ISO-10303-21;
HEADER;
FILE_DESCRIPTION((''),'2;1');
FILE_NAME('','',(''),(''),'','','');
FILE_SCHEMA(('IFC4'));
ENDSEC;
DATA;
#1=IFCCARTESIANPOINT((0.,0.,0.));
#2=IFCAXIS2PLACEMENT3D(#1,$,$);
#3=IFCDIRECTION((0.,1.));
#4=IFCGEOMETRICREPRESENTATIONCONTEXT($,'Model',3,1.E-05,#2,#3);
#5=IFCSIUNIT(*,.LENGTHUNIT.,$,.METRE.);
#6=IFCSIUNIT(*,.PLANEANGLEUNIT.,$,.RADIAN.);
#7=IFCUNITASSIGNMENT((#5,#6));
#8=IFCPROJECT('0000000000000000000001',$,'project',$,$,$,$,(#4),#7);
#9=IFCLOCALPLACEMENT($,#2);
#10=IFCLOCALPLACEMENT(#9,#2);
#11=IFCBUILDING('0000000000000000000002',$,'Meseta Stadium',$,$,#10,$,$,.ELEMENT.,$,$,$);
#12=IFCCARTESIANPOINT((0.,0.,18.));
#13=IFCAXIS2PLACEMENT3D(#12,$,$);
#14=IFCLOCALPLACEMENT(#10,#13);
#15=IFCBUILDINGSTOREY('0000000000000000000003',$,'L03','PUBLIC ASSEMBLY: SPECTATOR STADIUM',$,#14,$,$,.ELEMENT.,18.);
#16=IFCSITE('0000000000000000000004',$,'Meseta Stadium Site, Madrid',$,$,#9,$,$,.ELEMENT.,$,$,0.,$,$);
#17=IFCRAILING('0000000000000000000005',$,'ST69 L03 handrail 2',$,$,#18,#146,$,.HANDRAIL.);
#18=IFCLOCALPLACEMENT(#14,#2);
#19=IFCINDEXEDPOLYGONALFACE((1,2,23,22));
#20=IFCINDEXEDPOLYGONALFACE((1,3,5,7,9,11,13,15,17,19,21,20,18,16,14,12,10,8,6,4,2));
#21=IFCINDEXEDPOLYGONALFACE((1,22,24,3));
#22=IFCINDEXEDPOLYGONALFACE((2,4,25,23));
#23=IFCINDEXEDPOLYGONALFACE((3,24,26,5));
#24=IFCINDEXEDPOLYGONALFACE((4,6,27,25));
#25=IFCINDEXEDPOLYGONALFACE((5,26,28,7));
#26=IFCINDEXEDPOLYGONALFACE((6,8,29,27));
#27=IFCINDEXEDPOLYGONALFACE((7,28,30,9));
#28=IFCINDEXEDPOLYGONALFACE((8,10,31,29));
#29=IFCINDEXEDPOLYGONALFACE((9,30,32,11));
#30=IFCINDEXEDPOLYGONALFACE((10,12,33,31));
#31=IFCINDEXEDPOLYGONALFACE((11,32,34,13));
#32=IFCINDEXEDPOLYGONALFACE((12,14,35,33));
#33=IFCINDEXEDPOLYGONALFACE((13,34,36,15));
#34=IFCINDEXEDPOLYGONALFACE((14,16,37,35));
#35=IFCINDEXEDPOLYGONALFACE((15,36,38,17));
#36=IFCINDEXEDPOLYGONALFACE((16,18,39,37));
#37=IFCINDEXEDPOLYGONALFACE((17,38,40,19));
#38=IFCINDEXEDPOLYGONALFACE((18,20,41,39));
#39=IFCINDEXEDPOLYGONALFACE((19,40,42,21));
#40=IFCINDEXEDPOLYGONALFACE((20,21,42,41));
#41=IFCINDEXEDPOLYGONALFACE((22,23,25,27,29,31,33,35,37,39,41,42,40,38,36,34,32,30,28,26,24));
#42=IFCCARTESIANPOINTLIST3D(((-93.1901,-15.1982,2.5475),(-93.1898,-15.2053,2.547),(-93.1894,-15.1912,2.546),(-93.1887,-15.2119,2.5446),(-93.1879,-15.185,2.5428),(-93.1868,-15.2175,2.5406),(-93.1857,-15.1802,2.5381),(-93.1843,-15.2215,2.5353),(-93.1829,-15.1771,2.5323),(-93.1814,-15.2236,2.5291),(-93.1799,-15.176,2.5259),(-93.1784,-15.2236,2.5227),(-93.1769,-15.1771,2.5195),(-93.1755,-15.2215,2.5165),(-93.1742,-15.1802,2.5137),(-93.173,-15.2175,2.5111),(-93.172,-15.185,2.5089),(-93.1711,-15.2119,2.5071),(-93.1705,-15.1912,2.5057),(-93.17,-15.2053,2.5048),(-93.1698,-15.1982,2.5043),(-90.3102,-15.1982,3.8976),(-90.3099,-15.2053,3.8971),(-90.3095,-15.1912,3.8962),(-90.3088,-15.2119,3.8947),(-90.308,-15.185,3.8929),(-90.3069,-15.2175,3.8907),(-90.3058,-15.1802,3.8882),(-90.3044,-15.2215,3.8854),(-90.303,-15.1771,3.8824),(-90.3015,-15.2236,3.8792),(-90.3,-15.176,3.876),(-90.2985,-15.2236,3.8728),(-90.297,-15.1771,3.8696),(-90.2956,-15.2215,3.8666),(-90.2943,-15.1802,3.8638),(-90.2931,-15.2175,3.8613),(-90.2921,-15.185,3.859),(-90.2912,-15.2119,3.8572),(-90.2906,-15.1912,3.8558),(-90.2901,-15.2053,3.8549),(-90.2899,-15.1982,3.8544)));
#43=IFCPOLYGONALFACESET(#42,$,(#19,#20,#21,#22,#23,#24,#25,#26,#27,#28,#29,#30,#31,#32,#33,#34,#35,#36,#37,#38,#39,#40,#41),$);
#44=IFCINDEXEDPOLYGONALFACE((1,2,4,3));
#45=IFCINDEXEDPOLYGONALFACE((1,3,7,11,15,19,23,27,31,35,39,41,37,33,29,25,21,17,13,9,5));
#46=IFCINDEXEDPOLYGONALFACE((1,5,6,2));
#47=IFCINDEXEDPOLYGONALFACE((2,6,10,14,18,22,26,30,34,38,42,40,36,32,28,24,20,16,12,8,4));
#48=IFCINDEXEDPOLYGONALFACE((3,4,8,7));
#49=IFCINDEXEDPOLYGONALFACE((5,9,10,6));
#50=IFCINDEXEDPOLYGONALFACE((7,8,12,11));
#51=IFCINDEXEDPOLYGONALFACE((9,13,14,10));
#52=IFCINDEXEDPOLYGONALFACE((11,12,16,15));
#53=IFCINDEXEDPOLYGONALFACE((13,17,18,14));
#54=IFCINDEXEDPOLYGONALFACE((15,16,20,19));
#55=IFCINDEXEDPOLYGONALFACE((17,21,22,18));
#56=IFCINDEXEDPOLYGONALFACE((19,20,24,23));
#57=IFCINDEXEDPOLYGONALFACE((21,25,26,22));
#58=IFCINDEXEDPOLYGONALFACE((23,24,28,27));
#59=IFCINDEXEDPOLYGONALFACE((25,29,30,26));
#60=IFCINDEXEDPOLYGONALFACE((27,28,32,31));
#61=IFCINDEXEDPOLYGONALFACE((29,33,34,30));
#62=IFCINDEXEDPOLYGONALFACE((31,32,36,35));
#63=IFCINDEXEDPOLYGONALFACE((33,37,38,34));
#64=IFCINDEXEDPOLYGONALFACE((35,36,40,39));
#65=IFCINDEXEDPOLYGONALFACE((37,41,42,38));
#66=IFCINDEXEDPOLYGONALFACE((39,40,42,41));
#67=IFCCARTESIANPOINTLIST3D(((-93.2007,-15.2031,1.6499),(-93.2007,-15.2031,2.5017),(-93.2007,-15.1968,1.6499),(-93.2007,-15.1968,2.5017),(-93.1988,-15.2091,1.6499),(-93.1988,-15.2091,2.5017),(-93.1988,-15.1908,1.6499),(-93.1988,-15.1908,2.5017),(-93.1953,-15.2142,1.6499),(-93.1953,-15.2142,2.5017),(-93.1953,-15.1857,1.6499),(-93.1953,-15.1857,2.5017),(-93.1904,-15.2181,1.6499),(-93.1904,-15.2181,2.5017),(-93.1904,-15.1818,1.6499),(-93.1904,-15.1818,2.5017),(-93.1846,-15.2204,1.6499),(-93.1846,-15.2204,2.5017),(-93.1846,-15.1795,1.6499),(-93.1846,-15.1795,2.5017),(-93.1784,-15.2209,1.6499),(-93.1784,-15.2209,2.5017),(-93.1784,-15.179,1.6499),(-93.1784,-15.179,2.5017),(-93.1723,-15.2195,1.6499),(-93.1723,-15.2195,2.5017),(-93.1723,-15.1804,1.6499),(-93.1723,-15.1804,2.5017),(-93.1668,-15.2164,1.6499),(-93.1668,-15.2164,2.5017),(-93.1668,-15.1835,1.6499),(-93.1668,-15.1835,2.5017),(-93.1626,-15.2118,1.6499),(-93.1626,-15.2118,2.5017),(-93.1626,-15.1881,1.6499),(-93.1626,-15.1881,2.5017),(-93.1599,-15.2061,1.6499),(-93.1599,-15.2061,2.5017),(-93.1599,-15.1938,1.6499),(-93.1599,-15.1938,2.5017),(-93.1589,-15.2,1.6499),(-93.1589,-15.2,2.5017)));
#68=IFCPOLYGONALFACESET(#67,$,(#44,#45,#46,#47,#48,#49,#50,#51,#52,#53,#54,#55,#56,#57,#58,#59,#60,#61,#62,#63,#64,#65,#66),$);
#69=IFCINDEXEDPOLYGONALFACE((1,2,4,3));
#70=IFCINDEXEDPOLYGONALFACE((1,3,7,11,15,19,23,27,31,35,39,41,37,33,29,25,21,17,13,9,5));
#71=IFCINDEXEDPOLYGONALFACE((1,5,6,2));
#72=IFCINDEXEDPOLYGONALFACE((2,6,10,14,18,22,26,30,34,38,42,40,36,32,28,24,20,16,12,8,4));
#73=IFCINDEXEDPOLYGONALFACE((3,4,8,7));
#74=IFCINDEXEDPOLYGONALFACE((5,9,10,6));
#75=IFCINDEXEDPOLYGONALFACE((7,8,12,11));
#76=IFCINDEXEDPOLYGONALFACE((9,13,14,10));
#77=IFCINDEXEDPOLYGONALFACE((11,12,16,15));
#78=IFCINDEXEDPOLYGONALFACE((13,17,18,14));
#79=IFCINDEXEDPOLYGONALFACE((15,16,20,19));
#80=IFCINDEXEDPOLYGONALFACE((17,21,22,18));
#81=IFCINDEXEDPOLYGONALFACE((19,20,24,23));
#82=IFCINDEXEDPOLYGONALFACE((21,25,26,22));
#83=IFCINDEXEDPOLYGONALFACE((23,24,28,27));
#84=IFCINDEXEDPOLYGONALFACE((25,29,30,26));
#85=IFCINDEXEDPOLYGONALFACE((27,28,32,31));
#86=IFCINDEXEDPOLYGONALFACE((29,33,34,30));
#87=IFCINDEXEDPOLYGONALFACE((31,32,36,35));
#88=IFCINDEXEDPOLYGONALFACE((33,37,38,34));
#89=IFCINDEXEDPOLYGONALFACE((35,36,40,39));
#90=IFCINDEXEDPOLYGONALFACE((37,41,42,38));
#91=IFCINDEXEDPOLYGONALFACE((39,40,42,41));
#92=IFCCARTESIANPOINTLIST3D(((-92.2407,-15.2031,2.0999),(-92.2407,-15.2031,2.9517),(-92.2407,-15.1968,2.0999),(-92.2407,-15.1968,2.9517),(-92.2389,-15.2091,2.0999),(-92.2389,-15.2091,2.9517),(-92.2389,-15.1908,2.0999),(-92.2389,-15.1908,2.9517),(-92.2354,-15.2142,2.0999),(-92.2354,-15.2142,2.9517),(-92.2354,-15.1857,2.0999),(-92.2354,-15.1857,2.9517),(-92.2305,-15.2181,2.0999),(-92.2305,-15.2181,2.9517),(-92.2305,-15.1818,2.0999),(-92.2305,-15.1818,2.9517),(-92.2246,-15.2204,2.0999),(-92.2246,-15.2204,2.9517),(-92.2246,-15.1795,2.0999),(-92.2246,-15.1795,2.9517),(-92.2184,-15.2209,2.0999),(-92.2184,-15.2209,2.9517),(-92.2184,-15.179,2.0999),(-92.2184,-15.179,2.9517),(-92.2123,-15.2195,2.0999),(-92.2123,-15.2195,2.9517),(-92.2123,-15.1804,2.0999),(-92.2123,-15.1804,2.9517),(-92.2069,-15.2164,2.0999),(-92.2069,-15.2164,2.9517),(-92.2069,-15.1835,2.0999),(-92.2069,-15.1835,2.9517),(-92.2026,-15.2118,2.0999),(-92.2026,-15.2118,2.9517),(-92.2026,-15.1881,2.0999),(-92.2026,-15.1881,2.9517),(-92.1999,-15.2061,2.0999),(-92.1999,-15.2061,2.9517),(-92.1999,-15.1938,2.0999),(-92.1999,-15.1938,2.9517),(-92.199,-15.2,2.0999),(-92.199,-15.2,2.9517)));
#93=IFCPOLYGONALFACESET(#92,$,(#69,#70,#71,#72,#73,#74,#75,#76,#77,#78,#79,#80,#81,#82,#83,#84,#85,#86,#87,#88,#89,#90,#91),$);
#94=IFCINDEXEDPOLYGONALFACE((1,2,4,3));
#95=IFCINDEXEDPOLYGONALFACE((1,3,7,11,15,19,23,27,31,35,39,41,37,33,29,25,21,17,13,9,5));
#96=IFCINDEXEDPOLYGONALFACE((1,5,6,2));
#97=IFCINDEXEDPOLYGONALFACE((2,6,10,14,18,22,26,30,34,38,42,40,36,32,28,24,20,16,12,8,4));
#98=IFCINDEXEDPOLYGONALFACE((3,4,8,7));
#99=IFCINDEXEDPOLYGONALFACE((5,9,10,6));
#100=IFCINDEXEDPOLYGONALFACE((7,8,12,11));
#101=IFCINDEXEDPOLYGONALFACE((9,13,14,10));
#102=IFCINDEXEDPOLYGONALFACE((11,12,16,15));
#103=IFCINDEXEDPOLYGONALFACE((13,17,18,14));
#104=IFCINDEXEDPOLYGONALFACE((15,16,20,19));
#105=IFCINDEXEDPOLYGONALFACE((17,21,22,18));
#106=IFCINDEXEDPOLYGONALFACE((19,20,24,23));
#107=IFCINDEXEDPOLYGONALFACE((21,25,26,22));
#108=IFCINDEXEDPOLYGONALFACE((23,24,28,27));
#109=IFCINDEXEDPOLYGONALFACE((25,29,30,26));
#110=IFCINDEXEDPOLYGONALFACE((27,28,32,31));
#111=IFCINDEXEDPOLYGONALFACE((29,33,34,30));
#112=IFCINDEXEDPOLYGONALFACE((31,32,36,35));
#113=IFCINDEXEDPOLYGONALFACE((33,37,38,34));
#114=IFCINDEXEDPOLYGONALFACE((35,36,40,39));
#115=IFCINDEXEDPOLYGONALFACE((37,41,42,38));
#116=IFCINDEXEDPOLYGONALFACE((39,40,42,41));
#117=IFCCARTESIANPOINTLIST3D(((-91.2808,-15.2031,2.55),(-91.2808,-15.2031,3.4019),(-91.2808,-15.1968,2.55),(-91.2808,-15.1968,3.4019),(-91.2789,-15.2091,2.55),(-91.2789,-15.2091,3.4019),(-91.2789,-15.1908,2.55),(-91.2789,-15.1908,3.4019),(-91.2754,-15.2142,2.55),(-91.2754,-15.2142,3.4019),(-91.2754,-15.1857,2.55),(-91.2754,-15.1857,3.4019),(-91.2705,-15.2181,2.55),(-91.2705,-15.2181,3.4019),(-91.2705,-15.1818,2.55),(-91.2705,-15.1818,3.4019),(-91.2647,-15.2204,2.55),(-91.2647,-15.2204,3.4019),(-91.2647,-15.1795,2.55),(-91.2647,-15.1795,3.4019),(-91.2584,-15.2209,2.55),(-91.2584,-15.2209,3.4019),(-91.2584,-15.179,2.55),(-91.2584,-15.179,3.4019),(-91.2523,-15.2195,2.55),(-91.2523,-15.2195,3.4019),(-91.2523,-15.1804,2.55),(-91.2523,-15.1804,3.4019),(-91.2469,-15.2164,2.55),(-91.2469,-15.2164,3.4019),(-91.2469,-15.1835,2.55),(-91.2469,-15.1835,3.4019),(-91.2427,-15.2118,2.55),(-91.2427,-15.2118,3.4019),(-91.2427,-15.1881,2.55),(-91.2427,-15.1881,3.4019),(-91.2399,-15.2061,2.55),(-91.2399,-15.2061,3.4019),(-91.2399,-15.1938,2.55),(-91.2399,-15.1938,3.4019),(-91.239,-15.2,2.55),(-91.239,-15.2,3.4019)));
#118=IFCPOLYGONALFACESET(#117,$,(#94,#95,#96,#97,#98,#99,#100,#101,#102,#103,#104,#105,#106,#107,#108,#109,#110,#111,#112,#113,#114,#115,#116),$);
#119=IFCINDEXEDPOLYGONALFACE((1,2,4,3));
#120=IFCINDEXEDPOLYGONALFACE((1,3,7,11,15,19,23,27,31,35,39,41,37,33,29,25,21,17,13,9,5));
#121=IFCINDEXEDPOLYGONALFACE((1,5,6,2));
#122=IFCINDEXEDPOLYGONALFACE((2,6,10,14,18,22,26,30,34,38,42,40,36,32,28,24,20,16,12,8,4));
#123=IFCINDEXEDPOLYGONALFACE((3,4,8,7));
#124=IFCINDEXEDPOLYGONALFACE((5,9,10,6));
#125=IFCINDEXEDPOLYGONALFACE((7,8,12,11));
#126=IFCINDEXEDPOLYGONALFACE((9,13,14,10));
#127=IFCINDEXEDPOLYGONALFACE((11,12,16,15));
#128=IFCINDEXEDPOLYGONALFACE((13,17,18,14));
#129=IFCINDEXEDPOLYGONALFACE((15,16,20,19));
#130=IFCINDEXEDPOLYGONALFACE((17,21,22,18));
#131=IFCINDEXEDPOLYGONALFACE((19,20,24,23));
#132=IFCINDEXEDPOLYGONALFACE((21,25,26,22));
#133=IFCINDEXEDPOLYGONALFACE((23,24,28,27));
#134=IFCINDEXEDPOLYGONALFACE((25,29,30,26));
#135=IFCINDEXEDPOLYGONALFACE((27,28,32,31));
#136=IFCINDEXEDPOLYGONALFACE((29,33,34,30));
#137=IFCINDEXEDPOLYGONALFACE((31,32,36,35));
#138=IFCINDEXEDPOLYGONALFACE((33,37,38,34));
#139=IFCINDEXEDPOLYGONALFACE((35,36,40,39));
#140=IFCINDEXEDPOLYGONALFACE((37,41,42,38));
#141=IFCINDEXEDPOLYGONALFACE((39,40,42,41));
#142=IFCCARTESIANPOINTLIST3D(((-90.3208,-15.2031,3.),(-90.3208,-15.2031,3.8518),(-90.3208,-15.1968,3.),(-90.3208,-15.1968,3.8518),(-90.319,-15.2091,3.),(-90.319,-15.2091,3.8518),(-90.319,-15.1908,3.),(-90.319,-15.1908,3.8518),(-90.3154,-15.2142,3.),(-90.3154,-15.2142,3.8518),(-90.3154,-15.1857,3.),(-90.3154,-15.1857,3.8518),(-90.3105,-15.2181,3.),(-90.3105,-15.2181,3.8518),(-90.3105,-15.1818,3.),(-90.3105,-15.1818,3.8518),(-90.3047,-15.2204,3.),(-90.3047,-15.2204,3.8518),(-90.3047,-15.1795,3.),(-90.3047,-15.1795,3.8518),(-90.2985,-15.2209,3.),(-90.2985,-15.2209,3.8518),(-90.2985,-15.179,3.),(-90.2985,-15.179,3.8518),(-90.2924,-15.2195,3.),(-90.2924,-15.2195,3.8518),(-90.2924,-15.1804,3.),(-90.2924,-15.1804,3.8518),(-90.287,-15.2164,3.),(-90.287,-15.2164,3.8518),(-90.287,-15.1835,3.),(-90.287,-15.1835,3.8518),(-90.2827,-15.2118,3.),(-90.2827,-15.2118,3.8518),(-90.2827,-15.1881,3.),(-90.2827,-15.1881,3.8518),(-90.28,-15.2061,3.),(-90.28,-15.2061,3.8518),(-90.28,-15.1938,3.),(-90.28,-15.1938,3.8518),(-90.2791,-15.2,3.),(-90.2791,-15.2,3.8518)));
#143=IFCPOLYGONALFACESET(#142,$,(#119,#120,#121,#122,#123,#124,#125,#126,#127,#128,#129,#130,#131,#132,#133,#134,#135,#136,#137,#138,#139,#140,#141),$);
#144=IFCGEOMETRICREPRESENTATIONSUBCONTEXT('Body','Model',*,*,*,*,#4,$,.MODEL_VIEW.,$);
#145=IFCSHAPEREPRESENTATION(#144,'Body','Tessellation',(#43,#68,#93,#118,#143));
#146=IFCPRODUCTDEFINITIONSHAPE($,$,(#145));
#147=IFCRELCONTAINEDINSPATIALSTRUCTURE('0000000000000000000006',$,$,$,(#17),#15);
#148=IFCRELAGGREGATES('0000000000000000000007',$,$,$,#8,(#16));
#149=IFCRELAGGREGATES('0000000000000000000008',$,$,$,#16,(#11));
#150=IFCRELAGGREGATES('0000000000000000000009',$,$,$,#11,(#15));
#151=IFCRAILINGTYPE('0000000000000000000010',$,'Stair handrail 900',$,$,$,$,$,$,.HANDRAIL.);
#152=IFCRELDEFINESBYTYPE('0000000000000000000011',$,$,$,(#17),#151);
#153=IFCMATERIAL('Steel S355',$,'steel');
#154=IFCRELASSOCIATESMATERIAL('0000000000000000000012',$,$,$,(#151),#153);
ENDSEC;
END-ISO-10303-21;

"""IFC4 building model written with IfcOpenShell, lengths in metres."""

from ifc_helpers import new_model, si_unit, direction, frame, origin, origin_2d, place, context, subcontext, project, spatial, circle, extrude, material, type_object, element, save


model = new_model("IFC4")

# Units and contexts
model_context = context("Model", 3, precision=1e-05, world=origin(), true_north=direction((0.0, 1.0)))
body_context = subcontext(model_context, "Body", "Model", "MODEL_VIEW")
ifc_project = project(units=[si_unit("LENGTHUNIT", "METRE"), si_unit("PLANEANGLEUNIT", "RADIAN")], contexts=[model_context])

# Site, building, storey
site_placement = place(None, origin())
site = spatial("IfcSite", under=ifc_project, at=site_placement, Name="Meseta Stadium Site, Madrid", CompositionType="ELEMENT", RefElevation=0.0)
building_placement = place(site_placement, origin())
building = spatial("IfcBuilding", under=site, at=building_placement, Name="Meseta Stadium", CompositionType="ELEMENT")
storey_placement = place(building_placement, frame((0.0, 0.0, 18.0)))
storey = spatial("IfcBuildingStorey", under=building, at=storey_placement, Name="L03", Description="PUBLIC ASSEMBLY: SPECTATOR STADIUM", CompositionType="ELEMENT", Elevation=18.0)

# Railing
ifc_material_1 = material(Name="Steel S355", Category="steel")
railing_type_1 = type_object("IfcRailingType", Name="Stair handrail 900", PredefinedType="HANDRAIL", material=ifc_material_1)
for number, where, name in (
    (1, (-93.1799, -15.2, 1.6499), "ST69 L03 handrail 2"),
):
    element("IfcRailing", number, at=place(storey_placement, frame(where)), inside=storey, type_object=railing_type_1, Name=name, PredefinedType="HANDRAIL", context=body_context, shape_type="SweptSolid", body=[
        extrude(circle(Radius=0.0239, at=origin_2d()), frame((0.0, 0.0, 0.876), z_axis=(0.90544, 0.0, 0.424473), x_axis=(0.0, 1.0, 0.0)), (0.0, 0.0, 1.0), 3.1807),
        extrude(circle(Radius=0.021, at=origin_2d()), origin(), (0.0, 0.0, 1.0), 0.8518),
        extrude(circle(Radius=0.021, at=origin_2d()), frame((0.96, 0.0, 0.45)), (0.0, 0.0, 1.0), 0.8518),
        extrude(circle(Radius=0.021, at=origin_2d()), frame((1.9199, 0.0, 0.9001)), (0.0, 0.0, 1.0), 0.8518),
        extrude(circle(Radius=0.021, at=origin_2d()), frame((2.8799, 0.0, 1.3501)), (0.0, 0.0, 1.0), 0.8518),
    ])

save(model, "model.ifc")
